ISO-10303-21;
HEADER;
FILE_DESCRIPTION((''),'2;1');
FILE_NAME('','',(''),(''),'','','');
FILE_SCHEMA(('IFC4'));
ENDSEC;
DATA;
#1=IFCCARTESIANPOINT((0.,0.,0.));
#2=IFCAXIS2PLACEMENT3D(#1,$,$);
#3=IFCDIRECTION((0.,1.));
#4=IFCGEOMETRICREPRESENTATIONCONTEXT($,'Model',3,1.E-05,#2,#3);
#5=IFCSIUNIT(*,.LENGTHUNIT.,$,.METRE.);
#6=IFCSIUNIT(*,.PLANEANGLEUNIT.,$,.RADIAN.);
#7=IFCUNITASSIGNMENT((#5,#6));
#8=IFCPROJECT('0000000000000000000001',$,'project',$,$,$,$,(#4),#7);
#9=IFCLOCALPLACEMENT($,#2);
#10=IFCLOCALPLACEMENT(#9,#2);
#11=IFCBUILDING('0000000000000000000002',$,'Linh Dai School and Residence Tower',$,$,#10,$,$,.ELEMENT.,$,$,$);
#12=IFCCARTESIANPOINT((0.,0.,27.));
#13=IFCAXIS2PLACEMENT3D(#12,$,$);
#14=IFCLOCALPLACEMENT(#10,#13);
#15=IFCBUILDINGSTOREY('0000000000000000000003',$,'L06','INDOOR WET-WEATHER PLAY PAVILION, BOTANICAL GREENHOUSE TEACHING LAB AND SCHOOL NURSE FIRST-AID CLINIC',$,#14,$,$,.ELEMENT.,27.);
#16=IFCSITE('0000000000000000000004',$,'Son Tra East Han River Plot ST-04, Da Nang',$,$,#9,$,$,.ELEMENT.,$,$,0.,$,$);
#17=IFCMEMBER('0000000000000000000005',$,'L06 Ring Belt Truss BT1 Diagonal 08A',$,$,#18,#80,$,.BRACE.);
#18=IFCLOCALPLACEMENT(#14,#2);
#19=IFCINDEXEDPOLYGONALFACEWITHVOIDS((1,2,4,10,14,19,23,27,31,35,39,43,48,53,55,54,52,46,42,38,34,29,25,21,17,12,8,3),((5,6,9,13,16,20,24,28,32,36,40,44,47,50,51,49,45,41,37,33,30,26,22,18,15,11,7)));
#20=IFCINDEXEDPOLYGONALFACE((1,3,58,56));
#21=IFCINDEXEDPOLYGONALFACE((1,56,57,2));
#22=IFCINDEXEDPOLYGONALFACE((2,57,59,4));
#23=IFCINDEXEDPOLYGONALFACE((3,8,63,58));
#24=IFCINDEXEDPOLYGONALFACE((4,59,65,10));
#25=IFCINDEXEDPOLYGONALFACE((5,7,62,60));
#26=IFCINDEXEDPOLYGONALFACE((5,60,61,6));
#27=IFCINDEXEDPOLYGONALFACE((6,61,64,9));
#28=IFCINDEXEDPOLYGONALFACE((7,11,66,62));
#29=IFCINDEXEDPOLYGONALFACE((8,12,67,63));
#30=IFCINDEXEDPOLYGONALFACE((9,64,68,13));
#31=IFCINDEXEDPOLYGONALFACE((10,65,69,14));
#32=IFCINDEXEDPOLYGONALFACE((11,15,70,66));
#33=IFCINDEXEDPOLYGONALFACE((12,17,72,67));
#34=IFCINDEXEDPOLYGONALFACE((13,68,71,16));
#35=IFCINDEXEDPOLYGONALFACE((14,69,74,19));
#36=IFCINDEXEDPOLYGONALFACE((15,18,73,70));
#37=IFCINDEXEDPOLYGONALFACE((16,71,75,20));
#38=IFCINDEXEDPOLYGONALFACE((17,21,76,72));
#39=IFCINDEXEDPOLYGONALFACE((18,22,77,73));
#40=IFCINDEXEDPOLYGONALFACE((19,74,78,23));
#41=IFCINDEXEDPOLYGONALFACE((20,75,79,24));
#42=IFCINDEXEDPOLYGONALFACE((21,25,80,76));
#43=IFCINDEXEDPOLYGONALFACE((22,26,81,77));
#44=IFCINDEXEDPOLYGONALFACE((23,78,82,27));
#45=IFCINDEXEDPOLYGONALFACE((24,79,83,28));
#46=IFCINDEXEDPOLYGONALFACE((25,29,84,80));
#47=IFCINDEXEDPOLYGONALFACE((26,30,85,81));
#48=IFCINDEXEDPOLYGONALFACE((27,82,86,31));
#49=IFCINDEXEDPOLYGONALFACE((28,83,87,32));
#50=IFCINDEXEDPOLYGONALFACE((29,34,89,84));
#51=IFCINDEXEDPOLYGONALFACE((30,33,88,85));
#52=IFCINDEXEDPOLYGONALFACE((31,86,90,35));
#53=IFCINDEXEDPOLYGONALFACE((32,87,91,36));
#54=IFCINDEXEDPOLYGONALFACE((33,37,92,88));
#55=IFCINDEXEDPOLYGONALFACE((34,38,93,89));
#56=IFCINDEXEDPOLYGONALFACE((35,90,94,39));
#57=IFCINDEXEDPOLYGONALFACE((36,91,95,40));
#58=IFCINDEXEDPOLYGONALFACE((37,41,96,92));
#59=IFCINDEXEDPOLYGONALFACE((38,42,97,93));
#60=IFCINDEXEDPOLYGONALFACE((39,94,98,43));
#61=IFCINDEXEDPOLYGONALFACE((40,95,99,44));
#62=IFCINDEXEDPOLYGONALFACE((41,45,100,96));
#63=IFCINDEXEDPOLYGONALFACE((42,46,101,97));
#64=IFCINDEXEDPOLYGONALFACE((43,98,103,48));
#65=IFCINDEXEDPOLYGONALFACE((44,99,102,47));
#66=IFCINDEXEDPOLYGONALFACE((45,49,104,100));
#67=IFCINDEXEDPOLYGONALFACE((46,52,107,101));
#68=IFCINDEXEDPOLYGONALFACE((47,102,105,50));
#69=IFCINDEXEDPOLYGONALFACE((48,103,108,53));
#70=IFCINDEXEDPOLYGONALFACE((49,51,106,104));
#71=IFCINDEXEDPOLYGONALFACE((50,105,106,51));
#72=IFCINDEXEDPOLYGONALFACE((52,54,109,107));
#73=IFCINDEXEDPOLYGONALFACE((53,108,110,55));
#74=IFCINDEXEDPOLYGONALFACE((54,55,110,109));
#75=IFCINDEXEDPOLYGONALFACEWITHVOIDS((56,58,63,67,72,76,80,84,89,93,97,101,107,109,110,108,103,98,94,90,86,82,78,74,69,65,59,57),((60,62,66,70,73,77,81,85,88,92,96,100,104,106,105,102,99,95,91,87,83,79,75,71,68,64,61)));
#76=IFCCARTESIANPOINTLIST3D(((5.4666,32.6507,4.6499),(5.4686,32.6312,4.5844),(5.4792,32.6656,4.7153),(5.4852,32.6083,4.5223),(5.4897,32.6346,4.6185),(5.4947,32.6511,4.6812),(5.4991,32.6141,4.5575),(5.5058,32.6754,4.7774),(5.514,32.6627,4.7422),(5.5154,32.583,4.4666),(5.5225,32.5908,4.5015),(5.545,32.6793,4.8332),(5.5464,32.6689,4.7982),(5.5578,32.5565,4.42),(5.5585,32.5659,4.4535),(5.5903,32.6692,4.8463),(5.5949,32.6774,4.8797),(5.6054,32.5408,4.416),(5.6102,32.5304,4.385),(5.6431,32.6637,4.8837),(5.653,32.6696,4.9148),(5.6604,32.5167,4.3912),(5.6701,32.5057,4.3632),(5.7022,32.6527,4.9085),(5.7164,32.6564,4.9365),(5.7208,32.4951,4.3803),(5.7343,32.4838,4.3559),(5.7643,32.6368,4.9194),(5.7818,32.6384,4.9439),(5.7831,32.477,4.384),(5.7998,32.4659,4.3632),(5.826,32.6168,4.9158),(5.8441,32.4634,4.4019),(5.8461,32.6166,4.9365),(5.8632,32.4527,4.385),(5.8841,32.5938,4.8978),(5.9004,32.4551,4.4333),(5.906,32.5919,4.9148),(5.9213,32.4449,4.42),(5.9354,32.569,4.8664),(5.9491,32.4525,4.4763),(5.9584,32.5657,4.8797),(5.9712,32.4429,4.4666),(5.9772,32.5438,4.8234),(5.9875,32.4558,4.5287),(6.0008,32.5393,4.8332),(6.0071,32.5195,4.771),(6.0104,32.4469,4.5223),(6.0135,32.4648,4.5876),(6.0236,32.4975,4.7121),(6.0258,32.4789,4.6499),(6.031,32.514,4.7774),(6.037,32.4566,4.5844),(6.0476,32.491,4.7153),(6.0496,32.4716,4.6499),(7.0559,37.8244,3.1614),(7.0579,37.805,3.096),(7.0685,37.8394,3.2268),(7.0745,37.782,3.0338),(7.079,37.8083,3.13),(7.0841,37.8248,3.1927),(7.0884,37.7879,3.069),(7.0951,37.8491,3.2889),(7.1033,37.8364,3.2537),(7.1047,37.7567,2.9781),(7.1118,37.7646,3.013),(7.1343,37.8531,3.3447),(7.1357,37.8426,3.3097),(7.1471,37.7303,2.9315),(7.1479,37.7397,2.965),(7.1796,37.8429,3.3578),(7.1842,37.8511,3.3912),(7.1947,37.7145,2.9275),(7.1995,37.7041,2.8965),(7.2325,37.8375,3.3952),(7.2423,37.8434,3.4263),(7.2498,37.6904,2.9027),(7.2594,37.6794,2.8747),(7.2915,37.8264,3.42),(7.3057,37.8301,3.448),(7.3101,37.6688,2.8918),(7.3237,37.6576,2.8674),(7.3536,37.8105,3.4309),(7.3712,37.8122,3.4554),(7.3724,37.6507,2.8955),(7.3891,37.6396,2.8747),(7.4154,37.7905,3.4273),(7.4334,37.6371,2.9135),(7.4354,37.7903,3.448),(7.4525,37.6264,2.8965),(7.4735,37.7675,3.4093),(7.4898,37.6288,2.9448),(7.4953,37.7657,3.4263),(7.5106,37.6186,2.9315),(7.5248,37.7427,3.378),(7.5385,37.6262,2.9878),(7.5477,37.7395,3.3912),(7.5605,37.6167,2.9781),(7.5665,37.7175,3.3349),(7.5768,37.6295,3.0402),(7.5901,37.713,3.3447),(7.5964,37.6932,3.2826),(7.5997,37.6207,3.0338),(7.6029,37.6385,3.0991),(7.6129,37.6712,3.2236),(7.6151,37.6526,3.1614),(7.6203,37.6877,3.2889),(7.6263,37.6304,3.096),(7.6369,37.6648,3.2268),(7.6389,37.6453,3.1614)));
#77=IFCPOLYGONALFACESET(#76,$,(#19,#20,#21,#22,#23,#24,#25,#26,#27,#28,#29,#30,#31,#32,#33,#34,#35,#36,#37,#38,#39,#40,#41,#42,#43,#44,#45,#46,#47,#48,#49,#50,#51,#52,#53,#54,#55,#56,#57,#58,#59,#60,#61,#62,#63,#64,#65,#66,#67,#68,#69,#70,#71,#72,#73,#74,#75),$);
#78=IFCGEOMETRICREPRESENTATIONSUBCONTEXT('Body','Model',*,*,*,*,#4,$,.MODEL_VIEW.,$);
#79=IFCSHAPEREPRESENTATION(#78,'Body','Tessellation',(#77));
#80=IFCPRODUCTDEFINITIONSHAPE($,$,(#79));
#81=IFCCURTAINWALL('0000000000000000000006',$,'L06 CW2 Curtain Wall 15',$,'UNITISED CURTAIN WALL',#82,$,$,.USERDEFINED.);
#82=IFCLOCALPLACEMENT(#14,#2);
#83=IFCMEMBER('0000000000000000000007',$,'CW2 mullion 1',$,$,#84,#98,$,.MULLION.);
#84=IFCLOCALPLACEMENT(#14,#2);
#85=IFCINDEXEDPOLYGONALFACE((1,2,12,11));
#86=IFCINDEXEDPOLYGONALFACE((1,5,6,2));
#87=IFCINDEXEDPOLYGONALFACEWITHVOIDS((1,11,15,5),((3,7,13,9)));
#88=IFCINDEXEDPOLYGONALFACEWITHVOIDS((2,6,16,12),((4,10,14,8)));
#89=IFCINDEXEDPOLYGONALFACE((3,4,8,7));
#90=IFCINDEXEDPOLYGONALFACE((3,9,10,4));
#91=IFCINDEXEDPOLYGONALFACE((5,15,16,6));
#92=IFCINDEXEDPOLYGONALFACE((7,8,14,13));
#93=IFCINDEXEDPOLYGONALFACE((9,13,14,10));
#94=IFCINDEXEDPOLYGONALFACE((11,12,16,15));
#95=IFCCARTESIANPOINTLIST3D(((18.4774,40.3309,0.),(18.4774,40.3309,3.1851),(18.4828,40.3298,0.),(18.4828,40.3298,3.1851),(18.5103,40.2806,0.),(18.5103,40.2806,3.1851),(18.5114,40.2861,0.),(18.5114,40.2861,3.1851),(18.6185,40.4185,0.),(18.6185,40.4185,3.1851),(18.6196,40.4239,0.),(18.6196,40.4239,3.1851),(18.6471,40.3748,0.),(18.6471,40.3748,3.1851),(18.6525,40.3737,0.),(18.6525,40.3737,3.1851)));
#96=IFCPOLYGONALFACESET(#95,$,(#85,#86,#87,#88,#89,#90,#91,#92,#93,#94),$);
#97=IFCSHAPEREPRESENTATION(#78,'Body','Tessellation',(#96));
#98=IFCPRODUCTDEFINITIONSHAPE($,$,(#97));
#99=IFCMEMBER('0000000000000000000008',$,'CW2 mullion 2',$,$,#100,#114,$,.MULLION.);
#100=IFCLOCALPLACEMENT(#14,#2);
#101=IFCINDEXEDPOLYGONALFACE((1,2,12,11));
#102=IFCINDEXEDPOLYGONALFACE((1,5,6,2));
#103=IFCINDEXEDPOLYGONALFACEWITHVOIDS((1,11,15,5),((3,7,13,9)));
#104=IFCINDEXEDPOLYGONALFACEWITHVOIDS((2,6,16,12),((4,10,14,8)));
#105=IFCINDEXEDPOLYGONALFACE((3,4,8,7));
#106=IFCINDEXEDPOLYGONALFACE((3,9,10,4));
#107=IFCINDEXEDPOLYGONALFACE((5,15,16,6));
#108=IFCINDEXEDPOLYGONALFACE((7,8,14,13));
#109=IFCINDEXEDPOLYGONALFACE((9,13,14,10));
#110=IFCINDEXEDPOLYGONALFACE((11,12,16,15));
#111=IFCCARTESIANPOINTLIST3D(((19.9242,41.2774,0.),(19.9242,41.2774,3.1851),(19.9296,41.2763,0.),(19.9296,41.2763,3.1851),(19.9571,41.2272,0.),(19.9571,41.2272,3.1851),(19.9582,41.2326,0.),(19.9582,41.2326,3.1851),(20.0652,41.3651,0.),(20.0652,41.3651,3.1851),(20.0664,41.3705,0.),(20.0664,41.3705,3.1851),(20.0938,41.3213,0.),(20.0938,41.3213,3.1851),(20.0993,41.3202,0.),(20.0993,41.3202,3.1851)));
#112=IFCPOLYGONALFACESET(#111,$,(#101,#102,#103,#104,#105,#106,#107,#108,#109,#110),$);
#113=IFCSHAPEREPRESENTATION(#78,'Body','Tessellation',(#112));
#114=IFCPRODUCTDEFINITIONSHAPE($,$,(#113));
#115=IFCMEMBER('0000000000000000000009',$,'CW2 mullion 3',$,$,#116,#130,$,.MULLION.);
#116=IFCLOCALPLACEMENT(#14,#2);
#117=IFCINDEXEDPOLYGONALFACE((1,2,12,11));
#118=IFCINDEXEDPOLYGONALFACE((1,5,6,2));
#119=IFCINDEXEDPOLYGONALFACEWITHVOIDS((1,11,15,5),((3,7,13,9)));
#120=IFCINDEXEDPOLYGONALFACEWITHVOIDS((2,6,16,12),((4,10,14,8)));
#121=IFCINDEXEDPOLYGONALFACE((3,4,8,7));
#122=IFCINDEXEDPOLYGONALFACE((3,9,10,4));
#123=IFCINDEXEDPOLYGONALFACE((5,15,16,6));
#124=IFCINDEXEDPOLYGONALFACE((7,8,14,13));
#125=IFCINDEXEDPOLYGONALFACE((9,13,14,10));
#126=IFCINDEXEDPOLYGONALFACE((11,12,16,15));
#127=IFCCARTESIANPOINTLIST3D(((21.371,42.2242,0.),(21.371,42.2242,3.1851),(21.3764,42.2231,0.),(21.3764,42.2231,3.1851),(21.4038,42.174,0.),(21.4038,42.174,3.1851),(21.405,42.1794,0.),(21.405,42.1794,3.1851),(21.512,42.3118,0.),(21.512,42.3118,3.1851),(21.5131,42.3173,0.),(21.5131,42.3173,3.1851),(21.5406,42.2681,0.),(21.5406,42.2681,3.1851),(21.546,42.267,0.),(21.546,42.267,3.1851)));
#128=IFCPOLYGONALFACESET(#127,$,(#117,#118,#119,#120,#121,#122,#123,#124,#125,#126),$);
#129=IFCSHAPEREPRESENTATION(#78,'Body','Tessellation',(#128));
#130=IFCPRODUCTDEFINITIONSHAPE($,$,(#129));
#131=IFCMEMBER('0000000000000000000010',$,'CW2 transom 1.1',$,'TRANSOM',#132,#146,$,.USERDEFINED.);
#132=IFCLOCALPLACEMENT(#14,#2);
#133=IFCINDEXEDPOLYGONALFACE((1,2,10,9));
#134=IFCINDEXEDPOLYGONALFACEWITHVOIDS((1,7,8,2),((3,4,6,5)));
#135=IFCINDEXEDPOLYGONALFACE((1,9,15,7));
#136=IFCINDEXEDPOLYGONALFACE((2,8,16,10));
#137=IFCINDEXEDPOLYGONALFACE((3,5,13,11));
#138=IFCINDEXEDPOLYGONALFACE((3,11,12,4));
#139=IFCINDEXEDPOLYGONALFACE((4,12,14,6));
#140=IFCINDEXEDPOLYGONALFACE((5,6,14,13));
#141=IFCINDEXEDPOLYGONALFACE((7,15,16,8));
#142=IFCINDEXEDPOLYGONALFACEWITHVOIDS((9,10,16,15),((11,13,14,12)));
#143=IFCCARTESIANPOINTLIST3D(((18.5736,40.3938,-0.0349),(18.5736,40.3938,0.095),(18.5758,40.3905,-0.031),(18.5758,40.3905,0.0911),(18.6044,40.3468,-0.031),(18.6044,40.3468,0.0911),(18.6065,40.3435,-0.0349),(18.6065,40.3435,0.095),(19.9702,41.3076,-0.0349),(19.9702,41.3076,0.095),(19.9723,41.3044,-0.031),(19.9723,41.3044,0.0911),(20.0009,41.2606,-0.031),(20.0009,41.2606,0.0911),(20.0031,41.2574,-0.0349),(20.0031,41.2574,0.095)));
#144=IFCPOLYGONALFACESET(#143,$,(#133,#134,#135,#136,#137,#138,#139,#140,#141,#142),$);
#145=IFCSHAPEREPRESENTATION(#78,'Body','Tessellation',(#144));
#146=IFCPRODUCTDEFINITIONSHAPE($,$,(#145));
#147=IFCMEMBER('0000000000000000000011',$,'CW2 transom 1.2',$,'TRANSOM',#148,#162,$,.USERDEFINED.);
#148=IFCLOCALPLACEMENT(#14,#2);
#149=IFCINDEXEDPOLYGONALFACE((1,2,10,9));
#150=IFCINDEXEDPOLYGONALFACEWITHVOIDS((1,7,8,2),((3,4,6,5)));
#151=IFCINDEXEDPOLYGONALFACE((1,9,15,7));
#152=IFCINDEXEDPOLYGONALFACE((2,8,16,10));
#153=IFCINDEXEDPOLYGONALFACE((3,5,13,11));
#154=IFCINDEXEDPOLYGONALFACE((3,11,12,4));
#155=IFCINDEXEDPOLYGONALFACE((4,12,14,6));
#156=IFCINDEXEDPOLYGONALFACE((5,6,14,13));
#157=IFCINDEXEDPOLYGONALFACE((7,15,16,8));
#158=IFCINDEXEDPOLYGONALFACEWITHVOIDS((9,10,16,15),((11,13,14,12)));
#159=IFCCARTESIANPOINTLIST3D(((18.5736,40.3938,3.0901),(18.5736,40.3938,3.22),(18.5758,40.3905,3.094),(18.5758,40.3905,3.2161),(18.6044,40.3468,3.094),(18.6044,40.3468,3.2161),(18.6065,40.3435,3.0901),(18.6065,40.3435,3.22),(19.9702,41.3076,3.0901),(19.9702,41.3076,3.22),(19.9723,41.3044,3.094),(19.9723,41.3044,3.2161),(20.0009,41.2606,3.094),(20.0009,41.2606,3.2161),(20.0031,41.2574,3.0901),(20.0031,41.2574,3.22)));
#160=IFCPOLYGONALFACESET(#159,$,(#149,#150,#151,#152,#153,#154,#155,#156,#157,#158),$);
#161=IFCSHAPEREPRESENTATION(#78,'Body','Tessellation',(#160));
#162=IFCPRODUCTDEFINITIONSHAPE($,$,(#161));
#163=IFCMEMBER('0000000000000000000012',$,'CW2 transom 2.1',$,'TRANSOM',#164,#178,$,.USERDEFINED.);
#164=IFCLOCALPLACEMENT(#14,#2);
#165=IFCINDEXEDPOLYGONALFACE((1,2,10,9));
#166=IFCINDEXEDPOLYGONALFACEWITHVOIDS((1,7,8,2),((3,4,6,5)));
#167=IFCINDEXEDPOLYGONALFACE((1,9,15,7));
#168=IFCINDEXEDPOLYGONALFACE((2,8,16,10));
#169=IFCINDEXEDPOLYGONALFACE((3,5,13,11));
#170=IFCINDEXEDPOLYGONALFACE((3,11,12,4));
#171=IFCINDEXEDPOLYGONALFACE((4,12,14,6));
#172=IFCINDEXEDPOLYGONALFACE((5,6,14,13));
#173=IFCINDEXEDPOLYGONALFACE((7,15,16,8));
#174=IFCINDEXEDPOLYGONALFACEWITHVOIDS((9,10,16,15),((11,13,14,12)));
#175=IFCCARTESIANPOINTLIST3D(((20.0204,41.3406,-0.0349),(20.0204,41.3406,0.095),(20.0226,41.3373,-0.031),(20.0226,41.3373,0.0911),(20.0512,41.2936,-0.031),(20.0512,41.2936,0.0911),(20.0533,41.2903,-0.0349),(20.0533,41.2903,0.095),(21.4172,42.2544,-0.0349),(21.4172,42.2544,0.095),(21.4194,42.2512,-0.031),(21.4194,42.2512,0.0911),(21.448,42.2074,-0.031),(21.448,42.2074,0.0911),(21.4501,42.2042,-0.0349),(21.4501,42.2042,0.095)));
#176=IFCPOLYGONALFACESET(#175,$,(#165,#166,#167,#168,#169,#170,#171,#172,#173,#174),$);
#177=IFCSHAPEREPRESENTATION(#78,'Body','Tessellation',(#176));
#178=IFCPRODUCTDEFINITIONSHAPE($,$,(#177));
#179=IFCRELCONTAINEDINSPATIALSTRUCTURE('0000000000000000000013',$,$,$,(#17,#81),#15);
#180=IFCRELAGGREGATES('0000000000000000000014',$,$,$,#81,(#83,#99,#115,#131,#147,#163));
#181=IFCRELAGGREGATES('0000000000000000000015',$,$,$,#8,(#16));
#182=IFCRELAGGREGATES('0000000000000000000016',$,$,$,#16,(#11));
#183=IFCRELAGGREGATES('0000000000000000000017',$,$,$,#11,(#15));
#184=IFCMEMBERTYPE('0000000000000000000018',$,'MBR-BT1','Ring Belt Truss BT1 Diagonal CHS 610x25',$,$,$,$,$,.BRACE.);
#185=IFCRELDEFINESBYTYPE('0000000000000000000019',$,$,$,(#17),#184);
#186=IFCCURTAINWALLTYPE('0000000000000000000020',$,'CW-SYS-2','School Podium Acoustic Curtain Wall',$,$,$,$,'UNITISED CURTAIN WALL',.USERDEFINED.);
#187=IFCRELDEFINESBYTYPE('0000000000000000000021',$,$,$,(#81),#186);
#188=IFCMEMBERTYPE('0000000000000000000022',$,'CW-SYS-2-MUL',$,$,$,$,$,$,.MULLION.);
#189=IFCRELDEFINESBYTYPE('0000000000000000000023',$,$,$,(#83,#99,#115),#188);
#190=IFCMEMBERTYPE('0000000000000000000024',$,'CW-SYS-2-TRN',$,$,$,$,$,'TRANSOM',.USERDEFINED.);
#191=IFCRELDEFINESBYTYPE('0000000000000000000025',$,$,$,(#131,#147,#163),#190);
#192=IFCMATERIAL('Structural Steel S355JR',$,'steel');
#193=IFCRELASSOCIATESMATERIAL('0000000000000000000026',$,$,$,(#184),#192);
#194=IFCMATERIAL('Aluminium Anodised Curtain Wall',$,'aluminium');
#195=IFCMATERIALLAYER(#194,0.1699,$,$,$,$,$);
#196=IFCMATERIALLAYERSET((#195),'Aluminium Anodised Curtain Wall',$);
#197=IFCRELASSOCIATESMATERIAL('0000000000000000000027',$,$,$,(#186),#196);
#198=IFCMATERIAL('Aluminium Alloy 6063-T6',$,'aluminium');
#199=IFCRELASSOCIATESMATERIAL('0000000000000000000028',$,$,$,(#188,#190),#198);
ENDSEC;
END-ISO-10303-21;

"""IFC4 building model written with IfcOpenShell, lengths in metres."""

from ifc_helpers import new_model, si_unit, direction, frame, origin, origin_2d, place, context, subcontext, project, spatial, hollow_rectangle, hollow_circle, extrude, source, transform, mapped, material, layer, layer_set, material_profile, profile_set, type_object, element, aggregate, save


model = new_model("IFC4")

# Units and contexts
model_context = context("Model", 3, precision=1e-05, world=origin(), true_north=direction((0.0, 1.0)))
body_context = subcontext(model_context, "Body", "Model", "MODEL_VIEW")
ifc_project = project(units=[si_unit("LENGTHUNIT", "METRE"), si_unit("PLANEANGLEUNIT", "RADIAN")], contexts=[model_context])

# Site, building, storey
site_placement = place(None, origin())
site = spatial("IfcSite", under=ifc_project, at=site_placement, Name="Son Tra East Han River Plot ST-04, Da Nang", CompositionType="ELEMENT", RefElevation=0.0)
building_placement = place(site_placement, origin())
building = spatial("IfcBuilding", under=site, at=building_placement, Name="Linh Dai School and Residence Tower", CompositionType="ELEMENT")
storey_placement = place(building_placement, frame((0.0, 0.0, 27.0)))
storey = spatial("IfcBuildingStorey", under=building, at=storey_placement, Name="L06", Description="INDOOR WET-WEATHER PLAY PAVILION, BOTANICAL GREENHOUSE TEACHING LAB AND SCHOOL NURSE FIRST-AID CLINIC", CompositionType="ELEMENT", Elevation=27.0)

# Shared definitions
ifc_material_1 = material(Name="Structural Steel S355JR", Category="steel")

# Member
ifc_material_profile_1 = material_profile(ifc_material_1, hollow_circle(Radius=0.3049, WallThickness=0.0249, at=origin_2d()), Name="CHS 610x25")
ifc_profile_set_1 = profile_set([ifc_material_profile_1], Name="Structural Steel S355JR")
member_type_1 = type_object("IfcMemberType", Name="MBR-BT1", Description="Ring Belt Truss BT1 Diagonal CHS 610x25", PredefinedType="BRACE", material=ifc_profile_set_1)
member_1_placement = place(storey_placement, frame((7.3474, 37.7349, 3.1614), z_axis=(-0.283136, -0.921692, 0.265174), x_axis=(0.955913, -0.293648, 0.0)))
element("IfcMember", 1, at=member_1_placement, inside=storey, type_object=member_type_1, Name="L06 Ring Belt Truss BT1 Diagonal 08A", PredefinedType="BRACE", context=body_context, shape_type="SweptSolid", body=[
    extrude(hollow_circle(Radius=0.3049, WallThickness=0.0249, at=origin_2d()), origin(), (0.0, 0.0, 1.0), 5.6133),
])

# Curtain wall, members
ifc_material_2 = material(Name="Aluminium Anodised Curtain Wall", Category="aluminium")
ifc_layer_1 = layer(ifc_material_2, 0.1699)
ifc_layer_set_1 = layer_set([ifc_layer_1], Name="Aluminium Anodised Curtain Wall")
curtain_wall_type = type_object("IfcCurtainWallType", Name="CW-SYS-2", Description="School Podium Acoustic Curtain Wall", ElementType="UNITISED CURTAIN WALL", PredefinedType="USERDEFINED", material=ifc_layer_set_1)
curtain_wall_placement = place(storey_placement, origin())
curtain_wall = element("IfcCurtainWall", 2, at=curtain_wall_placement, inside=storey, type_object=curtain_wall_type, Name="L06 CW2 Curtain Wall 15", ObjectType="UNITISED CURTAIN WALL", PredefinedType="USERDEFINED")
ifc_material_3 = material(Name="Aluminium Alloy 6063-T6", Category="aluminium")
ifc_material_profile_2 = material_profile(ifc_material_3, hollow_rectangle(XDim=0.0601, YDim=0.1699, WallThickness=0.0039, at=origin_2d()), Name="RHS 170x60x4")
ifc_profile_set_2 = profile_set([ifc_material_profile_2], Name="Aluminium Alloy 6063-T6")
member_type_2 = type_object("IfcMemberType", Name="CW-SYS-2-MUL", PredefinedType="MULLION", material=ifc_profile_set_2)
shared_shape_1 = source(origin(), body_context, "Body", "SweptSolid", [
    extrude(hollow_rectangle(XDim=0.0601, YDim=0.1699, WallThickness=0.0039, at=origin_2d()), origin(), (0.0, 0.0, 1.0), 3.1851),
])
member_2_placement = place(storey_placement, frame((18.5649, 40.3523, 0.0), z_axis=(0.0, 0.0, 1.0), x_axis=(-0.54753, 0.836786, 0.0)))
member_2 = element("IfcMember", 3, at=member_2_placement, type_object=member_type_2, Name="CW2 mullion 1", PredefinedType="MULLION", context=body_context, shape_type="MappedRepresentation", body=[
    mapped(shared_shape_1, transform((0.0, 0.0, 0.0), x_axis=(1.0, 0.0, 0.0), y_axis=(0.0, 1.0, 0.0), z_axis=(0.0, 0.0, 1.0), scale=1.0)),
])
member_3_placement = place(storey_placement, frame((20.0117, 41.2988, 0.0), z_axis=(0.0, 0.0, 1.0), x_axis=(-0.54753, 0.836786, 0.0)))
member_3 = element("IfcMember", 4, at=member_3_placement, type_object=member_type_2, Name="CW2 mullion 2", PredefinedType="MULLION", context=body_context, shape_type="MappedRepresentation", body=[
    mapped(shared_shape_1, transform((0.0, 0.0, 0.0), x_axis=(1.0, 0.0, 0.0), y_axis=(0.0, 1.0, 0.0), z_axis=(0.0, 0.0, 1.0), scale=1.0)),
])
member_4_placement = place(storey_placement, frame((21.4585, 42.2456, 0.0), z_axis=(0.0, 0.0, 1.0), x_axis=(-0.54753, 0.836786, 0.0)))
member_4 = element("IfcMember", 5, at=member_4_placement, type_object=member_type_2, Name="CW2 mullion 3", PredefinedType="MULLION", context=body_context, shape_type="MappedRepresentation", body=[
    mapped(shared_shape_1, transform((0.0, 0.0, 0.0), x_axis=(1.0, 0.0, 0.0), y_axis=(0.0, 1.0, 0.0), z_axis=(0.0, 0.0, 1.0), scale=1.0)),
])
ifc_material_profile_3 = material_profile(ifc_material_3, hollow_rectangle(XDim=0.0601, YDim=0.1299, WallThickness=0.0039, at=origin_2d()), Name="RHS 130x60x4")
ifc_profile_set_3 = profile_set([ifc_material_profile_3], Name="Aluminium Alloy 6063-T6")
member_type_3 = type_object("IfcMemberType", Name="CW-SYS-2-TRN", ElementType="TRANSOM", PredefinedType="USERDEFINED", material=ifc_profile_set_3)
shared_shape_2 = source(origin(), body_context, "Body", "SweptSolid", [
    extrude(hollow_rectangle(XDim=0.0601, YDim=0.1299, WallThickness=0.0039, at=origin_2d()), origin(), (0.0, 0.0, 1.0), 1.6689),
])
member_5_placement = place(storey_placement, frame((18.5901, 40.3687, 0.03), z_axis=(0.836769, 0.547557, 0.0), x_axis=(-0.547557, 0.836769, 0.0)))
member_5 = element("IfcMember", 6, at=member_5_placement, type_object=member_type_3, Name="CW2 transom 1.1", ObjectType="TRANSOM", PredefinedType="USERDEFINED", context=body_context, shape_type="MappedRepresentation", body=[
    mapped(shared_shape_2, transform((0.0, 0.0, 0.0), x_axis=(1.0, 0.0, 0.0), y_axis=(0.0, 1.0, 0.0), z_axis=(0.0, 0.0, 1.0), scale=1.0)),
])
member_6_placement = place(storey_placement, frame((18.5901, 40.3687, 3.155), z_axis=(0.836769, 0.547557, 0.0), x_axis=(-0.547557, 0.836769, 0.0)))
member_6 = element("IfcMember", 7, at=member_6_placement, type_object=member_type_3, Name="CW2 transom 1.2", ObjectType="TRANSOM", PredefinedType="USERDEFINED", context=body_context, shape_type="MappedRepresentation", body=[
    mapped(shared_shape_2, transform((0.0, 0.0, 0.0), x_axis=(1.0, 0.0, 0.0), y_axis=(0.0, 1.0, 0.0), z_axis=(0.0, 0.0, 1.0), scale=1.0)),
])
shared_shape_3 = source(origin(), body_context, "Body", "SweptSolid", [
    extrude(hollow_rectangle(XDim=0.0601, YDim=0.1299, WallThickness=0.0039, at=origin_2d()), origin(), (0.0, 0.0, 1.0), 1.6692),
])
member_7_placement = place(storey_placement, frame((20.0369, 41.3154, 0.03), z_axis=(0.836812, 0.54749, 0.0), x_axis=(-0.54749, 0.836812, 0.0)))
member_7 = element("IfcMember", 8, at=member_7_placement, type_object=member_type_3, Name="CW2 transom 2.1", ObjectType="TRANSOM", PredefinedType="USERDEFINED", context=body_context, shape_type="MappedRepresentation", body=[
    mapped(shared_shape_3, transform((0.0, 0.0, 0.0), x_axis=(1.0, 0.0, 0.0), y_axis=(0.0, 1.0, 0.0), z_axis=(0.0, 0.0, 1.0), scale=1.0)),
])

aggregate(curtain_wall, [member_2, member_3, member_4, member_5, member_6, member_7])

save(model, "model.ifc")
